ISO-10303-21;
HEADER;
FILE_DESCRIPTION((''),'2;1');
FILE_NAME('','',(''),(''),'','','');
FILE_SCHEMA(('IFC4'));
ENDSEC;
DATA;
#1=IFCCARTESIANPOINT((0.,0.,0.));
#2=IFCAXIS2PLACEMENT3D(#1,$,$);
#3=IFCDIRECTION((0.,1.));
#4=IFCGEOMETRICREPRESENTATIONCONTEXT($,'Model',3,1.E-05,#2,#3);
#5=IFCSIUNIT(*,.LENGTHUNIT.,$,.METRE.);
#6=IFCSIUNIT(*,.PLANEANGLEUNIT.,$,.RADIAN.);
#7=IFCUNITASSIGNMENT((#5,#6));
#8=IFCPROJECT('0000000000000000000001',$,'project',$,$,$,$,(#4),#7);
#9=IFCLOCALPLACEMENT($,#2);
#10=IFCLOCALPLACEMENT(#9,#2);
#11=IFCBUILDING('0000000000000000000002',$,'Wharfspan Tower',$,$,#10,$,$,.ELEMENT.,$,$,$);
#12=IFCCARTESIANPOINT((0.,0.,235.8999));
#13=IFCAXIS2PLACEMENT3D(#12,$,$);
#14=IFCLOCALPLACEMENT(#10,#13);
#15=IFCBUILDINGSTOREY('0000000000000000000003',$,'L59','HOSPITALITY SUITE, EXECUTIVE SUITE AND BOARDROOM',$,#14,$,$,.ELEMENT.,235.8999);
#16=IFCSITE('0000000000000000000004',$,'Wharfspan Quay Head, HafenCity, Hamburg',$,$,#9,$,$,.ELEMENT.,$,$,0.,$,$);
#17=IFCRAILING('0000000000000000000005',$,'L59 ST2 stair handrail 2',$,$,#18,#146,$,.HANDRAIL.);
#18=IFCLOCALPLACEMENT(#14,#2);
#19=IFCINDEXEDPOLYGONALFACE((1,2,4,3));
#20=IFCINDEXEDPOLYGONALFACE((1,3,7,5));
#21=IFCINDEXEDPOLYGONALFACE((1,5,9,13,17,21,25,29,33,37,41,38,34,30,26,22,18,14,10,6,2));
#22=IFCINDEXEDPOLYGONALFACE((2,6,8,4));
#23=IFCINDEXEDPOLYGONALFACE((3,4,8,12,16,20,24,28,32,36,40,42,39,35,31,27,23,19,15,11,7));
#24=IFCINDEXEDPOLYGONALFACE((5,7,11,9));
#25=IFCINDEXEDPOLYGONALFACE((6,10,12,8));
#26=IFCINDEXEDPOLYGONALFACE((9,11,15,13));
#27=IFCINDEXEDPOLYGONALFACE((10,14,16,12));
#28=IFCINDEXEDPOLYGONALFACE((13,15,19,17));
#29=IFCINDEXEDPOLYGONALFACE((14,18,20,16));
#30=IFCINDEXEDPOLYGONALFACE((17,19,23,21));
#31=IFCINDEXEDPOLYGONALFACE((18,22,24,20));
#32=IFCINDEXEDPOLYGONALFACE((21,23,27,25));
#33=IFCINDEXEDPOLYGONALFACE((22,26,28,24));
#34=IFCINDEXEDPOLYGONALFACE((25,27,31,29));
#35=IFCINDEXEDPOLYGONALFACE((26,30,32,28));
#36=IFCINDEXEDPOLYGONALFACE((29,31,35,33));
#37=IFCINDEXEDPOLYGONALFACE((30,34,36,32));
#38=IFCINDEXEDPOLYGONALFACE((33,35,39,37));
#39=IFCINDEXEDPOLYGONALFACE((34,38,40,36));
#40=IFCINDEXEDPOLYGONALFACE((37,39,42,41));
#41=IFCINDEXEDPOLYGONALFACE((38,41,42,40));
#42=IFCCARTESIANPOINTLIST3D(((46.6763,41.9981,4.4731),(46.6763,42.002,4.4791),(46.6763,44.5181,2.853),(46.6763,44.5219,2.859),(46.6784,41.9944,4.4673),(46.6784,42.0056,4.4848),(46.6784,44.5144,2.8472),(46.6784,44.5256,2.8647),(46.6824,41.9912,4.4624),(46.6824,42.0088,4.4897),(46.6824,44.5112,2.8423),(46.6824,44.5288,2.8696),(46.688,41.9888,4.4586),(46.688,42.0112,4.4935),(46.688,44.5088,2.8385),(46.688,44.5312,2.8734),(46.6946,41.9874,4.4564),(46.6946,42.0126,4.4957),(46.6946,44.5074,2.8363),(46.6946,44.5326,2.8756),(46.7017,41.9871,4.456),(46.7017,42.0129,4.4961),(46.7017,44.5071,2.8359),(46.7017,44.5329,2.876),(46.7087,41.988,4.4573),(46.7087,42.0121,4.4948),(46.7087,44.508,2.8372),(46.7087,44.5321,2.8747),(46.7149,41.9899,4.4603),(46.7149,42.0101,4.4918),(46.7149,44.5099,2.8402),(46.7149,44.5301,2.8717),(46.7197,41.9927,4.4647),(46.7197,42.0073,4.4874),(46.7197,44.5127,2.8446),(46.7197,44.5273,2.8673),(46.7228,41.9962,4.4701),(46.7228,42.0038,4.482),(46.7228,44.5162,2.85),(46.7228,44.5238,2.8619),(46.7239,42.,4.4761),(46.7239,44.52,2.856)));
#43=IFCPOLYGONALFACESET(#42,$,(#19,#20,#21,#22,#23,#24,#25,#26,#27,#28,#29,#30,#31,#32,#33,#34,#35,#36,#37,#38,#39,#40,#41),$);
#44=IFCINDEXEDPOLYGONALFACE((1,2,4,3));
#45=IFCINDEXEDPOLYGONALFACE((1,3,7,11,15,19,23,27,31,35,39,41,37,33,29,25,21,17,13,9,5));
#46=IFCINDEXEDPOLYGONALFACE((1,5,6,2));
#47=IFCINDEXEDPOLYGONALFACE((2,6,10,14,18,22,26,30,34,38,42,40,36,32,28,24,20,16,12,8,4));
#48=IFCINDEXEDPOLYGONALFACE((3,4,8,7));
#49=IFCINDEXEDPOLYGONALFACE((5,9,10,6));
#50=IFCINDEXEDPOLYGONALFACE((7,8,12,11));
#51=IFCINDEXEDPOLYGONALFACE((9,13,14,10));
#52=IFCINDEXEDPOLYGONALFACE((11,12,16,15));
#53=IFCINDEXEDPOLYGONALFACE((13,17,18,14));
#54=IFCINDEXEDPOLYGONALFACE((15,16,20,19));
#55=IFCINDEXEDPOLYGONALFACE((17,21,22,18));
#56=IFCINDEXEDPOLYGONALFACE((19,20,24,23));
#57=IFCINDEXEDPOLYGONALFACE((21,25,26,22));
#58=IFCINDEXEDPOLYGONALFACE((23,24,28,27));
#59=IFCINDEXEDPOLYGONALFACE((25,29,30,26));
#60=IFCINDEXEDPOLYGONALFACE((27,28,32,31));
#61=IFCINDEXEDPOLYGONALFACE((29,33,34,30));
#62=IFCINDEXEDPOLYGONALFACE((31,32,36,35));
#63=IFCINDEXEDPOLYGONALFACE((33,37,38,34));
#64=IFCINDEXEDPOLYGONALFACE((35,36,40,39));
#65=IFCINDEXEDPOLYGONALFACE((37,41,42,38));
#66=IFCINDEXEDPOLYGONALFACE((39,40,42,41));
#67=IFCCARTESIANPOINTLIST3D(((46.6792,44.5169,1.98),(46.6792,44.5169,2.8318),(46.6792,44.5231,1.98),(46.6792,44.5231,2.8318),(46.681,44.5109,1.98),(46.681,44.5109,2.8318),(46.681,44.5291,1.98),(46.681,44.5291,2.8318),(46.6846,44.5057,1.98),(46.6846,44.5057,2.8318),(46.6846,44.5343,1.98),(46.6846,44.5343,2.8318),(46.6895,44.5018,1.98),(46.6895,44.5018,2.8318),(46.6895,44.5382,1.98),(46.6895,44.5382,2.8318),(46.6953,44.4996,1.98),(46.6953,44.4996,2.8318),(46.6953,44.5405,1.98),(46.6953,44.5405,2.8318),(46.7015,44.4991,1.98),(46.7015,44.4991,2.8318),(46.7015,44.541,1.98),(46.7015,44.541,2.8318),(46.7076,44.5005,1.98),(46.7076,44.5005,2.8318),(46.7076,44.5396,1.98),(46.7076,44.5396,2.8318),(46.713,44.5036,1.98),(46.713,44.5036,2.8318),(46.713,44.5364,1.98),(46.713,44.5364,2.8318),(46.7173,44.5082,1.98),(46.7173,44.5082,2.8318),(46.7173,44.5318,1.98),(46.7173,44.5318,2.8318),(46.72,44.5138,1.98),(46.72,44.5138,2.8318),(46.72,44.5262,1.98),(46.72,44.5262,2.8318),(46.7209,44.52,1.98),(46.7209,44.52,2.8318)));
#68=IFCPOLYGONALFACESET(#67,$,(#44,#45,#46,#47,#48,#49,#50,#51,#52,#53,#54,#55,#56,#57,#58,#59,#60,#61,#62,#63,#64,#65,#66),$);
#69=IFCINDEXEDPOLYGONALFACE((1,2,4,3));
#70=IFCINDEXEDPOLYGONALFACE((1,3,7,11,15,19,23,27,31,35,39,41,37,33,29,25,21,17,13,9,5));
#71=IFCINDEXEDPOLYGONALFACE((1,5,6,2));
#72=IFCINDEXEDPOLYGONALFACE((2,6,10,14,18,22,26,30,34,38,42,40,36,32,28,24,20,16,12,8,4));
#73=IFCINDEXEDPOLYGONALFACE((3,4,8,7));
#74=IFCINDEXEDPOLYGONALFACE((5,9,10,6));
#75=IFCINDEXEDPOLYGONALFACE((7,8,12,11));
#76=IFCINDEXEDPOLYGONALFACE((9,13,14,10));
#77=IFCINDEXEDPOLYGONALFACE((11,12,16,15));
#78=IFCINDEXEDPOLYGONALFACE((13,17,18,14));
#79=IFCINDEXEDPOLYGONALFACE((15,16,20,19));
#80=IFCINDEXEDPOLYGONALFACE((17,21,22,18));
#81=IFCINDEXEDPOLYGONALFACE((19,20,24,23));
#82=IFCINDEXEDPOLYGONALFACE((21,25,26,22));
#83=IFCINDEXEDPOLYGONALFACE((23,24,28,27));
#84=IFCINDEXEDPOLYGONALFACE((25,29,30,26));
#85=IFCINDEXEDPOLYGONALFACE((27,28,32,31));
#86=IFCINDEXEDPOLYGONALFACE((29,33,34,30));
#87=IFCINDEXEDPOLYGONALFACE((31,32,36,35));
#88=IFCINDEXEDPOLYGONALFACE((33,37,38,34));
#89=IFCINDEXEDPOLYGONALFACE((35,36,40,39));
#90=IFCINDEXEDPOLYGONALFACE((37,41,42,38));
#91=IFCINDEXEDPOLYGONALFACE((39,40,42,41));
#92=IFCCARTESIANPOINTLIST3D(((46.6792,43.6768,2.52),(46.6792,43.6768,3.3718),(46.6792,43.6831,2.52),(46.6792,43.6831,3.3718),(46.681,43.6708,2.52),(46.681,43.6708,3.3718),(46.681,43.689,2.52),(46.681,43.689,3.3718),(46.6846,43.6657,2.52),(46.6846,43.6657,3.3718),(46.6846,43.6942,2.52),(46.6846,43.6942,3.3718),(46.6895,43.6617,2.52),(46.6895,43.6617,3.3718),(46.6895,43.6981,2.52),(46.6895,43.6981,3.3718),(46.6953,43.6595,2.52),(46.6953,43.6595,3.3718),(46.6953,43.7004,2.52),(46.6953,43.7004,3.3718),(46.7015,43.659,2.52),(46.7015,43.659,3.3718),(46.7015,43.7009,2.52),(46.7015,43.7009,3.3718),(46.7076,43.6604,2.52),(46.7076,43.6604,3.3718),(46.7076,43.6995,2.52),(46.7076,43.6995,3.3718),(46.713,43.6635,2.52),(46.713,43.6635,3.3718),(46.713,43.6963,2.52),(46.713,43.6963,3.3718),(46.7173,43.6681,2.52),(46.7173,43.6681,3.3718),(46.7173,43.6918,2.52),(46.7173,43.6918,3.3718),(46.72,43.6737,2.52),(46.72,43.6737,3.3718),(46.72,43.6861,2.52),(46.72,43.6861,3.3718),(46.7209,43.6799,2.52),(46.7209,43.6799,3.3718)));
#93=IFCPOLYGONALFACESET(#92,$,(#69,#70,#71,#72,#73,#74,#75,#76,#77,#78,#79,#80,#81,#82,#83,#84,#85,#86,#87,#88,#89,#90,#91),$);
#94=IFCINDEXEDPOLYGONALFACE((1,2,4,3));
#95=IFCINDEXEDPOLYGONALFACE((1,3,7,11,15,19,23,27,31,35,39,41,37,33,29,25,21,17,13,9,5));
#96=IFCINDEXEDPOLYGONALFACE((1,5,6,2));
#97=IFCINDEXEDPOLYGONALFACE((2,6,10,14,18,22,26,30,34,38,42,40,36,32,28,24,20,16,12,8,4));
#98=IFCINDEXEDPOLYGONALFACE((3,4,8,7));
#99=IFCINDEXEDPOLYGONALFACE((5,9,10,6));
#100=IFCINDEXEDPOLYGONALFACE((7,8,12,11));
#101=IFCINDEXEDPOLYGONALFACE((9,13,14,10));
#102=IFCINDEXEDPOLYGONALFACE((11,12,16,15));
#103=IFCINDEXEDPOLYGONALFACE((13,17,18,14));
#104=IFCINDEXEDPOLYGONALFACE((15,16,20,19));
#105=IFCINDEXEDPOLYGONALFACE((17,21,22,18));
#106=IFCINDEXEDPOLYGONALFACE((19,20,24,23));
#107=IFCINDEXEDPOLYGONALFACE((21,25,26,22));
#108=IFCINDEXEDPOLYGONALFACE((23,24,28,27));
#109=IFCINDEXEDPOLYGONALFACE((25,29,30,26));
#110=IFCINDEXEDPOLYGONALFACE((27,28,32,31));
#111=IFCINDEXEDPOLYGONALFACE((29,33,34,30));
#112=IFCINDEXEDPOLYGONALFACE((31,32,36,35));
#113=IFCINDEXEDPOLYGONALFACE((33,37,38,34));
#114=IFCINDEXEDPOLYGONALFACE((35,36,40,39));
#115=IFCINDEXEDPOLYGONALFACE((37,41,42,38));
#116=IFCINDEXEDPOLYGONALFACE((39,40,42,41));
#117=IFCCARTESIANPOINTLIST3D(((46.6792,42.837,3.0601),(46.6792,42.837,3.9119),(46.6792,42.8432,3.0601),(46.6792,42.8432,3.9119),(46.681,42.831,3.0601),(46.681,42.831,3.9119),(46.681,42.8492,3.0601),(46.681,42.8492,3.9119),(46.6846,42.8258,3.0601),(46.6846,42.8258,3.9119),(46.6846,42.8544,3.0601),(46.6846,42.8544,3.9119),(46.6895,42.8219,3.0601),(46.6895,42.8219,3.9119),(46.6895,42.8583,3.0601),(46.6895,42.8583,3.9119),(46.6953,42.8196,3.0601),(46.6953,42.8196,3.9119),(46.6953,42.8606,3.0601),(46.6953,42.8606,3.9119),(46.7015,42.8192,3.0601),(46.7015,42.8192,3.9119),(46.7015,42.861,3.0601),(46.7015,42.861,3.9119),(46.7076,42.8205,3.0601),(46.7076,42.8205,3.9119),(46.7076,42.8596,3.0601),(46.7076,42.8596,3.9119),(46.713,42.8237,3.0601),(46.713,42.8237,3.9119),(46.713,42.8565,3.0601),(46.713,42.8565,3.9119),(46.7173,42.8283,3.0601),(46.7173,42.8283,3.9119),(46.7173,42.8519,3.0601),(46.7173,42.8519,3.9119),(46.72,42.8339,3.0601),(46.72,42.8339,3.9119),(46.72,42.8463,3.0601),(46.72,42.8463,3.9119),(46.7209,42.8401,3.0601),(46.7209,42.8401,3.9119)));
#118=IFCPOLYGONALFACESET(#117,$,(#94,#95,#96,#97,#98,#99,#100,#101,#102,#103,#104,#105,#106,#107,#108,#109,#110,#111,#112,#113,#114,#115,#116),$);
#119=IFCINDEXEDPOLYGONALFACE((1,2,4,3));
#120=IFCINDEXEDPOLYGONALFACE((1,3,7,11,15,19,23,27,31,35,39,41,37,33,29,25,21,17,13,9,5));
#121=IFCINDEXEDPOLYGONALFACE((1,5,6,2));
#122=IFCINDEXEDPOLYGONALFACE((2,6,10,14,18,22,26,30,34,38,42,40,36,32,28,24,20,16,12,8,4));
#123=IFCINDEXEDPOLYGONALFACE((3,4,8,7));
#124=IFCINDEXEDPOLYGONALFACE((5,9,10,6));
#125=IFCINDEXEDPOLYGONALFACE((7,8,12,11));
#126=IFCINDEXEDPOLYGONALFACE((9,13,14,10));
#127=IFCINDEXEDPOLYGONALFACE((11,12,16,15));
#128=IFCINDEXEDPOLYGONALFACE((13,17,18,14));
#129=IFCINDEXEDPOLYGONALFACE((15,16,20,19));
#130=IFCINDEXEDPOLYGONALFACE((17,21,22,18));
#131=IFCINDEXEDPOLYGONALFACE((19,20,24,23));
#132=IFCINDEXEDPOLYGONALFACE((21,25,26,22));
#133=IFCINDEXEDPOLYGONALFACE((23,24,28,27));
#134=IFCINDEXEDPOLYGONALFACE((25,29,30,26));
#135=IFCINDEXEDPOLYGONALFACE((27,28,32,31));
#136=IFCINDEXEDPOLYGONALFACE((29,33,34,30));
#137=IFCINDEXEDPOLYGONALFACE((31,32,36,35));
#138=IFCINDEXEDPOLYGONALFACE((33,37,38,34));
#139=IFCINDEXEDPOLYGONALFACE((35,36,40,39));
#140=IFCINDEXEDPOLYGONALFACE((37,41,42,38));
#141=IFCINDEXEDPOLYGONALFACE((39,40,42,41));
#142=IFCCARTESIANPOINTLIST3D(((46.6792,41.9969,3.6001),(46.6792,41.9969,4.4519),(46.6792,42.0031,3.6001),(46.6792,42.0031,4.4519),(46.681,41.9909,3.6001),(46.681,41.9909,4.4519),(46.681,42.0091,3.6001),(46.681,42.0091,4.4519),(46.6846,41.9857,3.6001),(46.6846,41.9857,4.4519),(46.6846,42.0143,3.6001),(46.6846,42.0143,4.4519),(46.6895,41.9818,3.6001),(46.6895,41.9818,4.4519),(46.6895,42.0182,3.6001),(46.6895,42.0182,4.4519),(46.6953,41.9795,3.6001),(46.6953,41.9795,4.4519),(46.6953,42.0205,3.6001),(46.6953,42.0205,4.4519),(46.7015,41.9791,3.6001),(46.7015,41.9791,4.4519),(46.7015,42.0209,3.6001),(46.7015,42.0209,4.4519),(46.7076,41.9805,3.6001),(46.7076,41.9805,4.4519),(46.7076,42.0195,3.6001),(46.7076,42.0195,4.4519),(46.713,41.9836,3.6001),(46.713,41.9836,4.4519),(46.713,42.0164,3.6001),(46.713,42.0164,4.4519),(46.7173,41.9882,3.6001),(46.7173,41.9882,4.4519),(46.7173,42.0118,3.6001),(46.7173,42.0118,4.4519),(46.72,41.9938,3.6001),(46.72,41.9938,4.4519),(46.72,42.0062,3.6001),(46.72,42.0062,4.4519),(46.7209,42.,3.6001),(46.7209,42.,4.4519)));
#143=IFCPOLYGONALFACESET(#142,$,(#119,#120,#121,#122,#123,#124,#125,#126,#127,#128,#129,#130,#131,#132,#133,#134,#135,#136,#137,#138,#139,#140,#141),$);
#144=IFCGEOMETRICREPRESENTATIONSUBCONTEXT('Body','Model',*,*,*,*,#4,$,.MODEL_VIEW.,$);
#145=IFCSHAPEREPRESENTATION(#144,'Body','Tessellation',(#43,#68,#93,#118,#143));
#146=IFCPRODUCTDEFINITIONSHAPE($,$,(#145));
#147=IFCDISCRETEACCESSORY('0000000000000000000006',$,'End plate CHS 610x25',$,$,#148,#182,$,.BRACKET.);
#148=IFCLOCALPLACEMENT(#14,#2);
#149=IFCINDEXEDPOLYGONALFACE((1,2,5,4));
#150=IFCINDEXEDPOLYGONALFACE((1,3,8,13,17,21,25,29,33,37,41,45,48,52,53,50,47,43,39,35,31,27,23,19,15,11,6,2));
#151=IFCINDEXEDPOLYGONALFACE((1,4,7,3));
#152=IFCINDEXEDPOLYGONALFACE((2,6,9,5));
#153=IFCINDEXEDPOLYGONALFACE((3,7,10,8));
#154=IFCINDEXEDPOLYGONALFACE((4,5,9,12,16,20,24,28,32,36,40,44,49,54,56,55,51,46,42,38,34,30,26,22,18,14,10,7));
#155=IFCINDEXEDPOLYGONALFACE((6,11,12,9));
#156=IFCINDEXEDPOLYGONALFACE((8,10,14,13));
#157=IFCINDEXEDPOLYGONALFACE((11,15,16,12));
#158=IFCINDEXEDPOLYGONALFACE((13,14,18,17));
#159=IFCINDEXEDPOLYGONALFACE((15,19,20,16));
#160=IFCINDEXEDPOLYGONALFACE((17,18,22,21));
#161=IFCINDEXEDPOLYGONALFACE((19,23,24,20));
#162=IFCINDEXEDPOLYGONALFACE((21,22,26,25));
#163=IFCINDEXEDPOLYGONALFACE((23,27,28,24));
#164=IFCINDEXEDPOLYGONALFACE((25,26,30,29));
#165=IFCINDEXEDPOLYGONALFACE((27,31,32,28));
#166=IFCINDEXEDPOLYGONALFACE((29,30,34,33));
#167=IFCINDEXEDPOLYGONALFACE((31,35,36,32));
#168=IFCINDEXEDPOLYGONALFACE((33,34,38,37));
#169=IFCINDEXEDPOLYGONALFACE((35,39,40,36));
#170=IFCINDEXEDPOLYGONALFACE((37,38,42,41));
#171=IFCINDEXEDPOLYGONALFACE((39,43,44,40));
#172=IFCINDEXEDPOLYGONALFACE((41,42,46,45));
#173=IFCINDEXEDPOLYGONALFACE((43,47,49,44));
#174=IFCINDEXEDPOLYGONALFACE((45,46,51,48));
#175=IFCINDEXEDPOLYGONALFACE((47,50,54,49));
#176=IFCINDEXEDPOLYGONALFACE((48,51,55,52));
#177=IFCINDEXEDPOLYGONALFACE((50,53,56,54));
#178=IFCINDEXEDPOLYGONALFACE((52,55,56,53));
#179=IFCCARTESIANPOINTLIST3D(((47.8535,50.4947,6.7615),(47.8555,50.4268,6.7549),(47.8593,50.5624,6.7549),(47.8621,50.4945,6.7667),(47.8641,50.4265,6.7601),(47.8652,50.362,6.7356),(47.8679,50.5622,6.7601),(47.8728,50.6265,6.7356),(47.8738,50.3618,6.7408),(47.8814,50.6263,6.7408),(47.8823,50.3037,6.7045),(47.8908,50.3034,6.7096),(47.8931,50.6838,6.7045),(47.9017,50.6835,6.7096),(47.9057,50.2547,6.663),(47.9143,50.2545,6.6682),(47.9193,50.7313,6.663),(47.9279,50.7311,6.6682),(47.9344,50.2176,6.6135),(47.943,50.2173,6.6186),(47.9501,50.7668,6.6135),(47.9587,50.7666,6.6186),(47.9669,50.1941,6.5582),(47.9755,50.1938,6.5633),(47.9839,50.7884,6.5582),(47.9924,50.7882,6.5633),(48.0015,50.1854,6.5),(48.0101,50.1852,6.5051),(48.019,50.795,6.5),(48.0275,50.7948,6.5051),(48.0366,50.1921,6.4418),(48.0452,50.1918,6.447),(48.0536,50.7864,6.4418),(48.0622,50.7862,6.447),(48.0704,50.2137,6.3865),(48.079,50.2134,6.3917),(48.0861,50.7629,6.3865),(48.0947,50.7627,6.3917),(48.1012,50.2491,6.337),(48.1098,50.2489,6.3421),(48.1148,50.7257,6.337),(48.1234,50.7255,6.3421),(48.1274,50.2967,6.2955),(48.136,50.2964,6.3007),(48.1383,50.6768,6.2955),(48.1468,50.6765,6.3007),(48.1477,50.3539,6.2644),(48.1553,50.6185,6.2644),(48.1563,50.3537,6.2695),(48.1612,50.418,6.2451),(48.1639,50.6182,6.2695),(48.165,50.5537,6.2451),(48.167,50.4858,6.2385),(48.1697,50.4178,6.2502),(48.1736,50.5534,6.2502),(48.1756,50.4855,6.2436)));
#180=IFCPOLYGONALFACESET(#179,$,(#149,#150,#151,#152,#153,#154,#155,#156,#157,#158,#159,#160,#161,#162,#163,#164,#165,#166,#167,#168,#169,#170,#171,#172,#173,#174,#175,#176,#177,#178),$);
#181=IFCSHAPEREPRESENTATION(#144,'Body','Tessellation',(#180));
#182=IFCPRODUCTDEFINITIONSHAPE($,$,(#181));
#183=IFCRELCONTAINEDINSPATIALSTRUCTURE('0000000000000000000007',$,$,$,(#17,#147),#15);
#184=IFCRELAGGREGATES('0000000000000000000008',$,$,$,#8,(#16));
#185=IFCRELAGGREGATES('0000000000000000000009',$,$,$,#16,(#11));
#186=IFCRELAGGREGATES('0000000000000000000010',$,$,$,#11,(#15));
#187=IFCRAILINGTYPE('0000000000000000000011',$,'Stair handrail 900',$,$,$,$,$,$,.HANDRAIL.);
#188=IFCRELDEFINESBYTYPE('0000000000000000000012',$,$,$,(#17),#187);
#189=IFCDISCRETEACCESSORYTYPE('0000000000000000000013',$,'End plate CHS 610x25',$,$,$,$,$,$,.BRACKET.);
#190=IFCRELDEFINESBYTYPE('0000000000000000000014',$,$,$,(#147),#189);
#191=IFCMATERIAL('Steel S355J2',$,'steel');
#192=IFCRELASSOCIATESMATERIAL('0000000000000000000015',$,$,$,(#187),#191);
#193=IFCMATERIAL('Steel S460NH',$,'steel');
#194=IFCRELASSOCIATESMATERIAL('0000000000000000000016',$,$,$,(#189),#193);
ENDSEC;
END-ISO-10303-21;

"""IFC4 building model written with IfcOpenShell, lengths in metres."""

from ifc_helpers import new_model, si_unit, direction, frame, origin, origin_2d, place, context, subcontext, project, spatial, circle, extrude, material, material_profile, profile_set, type_object, element, save


model = new_model("IFC4")

# Units and contexts
model_context = context("Model", 3, precision=1e-05, world=origin(), true_north=direction((0.0, 1.0)))
body_context = subcontext(model_context, "Body", "Model", "MODEL_VIEW")
ifc_project = project(units=[si_unit("LENGTHUNIT", "METRE"), si_unit("PLANEANGLEUNIT", "RADIAN")], contexts=[model_context])

# Site, building, storey
site_placement = place(None, origin())
site = spatial("IfcSite", under=ifc_project, at=site_placement, Name="Wharfspan Quay Head, HafenCity, Hamburg", CompositionType="ELEMENT", RefElevation=0.0)
building_placement = place(site_placement, origin())
building = spatial("IfcBuilding", under=site, at=building_placement, Name="Wharfspan Tower", CompositionType="ELEMENT")
storey_placement = place(building_placement, frame((0.0, 0.0, 235.8999)))
storey = spatial("IfcBuildingStorey", under=building, at=storey_placement, Name="L59", Description="HOSPITALITY SUITE, EXECUTIVE SUITE AND BOARDROOM", CompositionType="ELEMENT", Elevation=235.8999)

# Shared definitions
ifc_material_1 = material(Name="Steel S355J2", Category="steel")

# Railing
railing_type_1 = type_object("IfcRailingType", Name="Stair handrail 900", PredefinedType="HANDRAIL", material=ifc_material_1)
railing_1_placement = place(storey_placement, frame((46.7, 44.52, 1.98)))
element("IfcRailing", 1, at=railing_1_placement, inside=storey, type_object=railing_type_1, Name="L59 ST2 stair handrail 2", PredefinedType="HANDRAIL", context=body_context, shape_type="SweptSolid", body=[
    extrude(circle(Radius=0.0239, at=origin_2d()), frame((0.0, 0.0, 0.876), z_axis=(0.0, -0.841163, 0.540782), x_axis=(1.0, 0.0, 0.0)), (0.0, 0.0, 1.0), 2.9958),
    extrude(circle(Radius=0.021, at=origin_2d()), origin(), (0.0, 0.0, 1.0), 0.8518),
    extrude(circle(Radius=0.021, at=origin_2d()), frame((0.0, -0.8401, 0.54)), (0.0, 0.0, 1.0), 0.8518),
    extrude(circle(Radius=0.021, at=origin_2d()), frame((0.0, -1.6799, 1.0801)), (0.0, 0.0, 1.0), 0.8518),
    extrude(circle(Radius=0.021, at=origin_2d()), frame((0.0, -2.52, 1.6201)), (0.0, 0.0, 1.0), 0.8518),
])

# Discrete accessory
ifc_material_2 = material(Name="Steel S460NH", Category="steel")
ifc_material_profile_1 = material_profile(ifc_material_2, circle(Radius=0.3049, at=origin_2d()))
ifc_profile_set_1 = profile_set([ifc_material_profile_1], Name="Steel S460NH")
discrete_accessory_type = type_object("IfcDiscreteAccessoryType", Name="End plate CHS 610x25", PredefinedType="BRACKET", material=ifc_profile_set_1)
discrete_accessory_placement = place(storey_placement, frame((48.0103, 50.4902, 6.5), z_axis=(0.857236, -0.024492, 0.514341), x_axis=(0.028558, 0.999591, 0.000002)))
element("IfcDiscreteAccessory", 2, at=discrete_accessory_placement, inside=storey, type_object=discrete_accessory_type, Name="End plate CHS 610x25", PredefinedType="BRACKET", context=body_context, shape_type="SweptSolid", body=[
    extrude(circle(Radius=0.3049, at=origin_2d()), origin(), (0.0, 0.0, 1.0), 0.01),
])

save(model, "model.ifc")
